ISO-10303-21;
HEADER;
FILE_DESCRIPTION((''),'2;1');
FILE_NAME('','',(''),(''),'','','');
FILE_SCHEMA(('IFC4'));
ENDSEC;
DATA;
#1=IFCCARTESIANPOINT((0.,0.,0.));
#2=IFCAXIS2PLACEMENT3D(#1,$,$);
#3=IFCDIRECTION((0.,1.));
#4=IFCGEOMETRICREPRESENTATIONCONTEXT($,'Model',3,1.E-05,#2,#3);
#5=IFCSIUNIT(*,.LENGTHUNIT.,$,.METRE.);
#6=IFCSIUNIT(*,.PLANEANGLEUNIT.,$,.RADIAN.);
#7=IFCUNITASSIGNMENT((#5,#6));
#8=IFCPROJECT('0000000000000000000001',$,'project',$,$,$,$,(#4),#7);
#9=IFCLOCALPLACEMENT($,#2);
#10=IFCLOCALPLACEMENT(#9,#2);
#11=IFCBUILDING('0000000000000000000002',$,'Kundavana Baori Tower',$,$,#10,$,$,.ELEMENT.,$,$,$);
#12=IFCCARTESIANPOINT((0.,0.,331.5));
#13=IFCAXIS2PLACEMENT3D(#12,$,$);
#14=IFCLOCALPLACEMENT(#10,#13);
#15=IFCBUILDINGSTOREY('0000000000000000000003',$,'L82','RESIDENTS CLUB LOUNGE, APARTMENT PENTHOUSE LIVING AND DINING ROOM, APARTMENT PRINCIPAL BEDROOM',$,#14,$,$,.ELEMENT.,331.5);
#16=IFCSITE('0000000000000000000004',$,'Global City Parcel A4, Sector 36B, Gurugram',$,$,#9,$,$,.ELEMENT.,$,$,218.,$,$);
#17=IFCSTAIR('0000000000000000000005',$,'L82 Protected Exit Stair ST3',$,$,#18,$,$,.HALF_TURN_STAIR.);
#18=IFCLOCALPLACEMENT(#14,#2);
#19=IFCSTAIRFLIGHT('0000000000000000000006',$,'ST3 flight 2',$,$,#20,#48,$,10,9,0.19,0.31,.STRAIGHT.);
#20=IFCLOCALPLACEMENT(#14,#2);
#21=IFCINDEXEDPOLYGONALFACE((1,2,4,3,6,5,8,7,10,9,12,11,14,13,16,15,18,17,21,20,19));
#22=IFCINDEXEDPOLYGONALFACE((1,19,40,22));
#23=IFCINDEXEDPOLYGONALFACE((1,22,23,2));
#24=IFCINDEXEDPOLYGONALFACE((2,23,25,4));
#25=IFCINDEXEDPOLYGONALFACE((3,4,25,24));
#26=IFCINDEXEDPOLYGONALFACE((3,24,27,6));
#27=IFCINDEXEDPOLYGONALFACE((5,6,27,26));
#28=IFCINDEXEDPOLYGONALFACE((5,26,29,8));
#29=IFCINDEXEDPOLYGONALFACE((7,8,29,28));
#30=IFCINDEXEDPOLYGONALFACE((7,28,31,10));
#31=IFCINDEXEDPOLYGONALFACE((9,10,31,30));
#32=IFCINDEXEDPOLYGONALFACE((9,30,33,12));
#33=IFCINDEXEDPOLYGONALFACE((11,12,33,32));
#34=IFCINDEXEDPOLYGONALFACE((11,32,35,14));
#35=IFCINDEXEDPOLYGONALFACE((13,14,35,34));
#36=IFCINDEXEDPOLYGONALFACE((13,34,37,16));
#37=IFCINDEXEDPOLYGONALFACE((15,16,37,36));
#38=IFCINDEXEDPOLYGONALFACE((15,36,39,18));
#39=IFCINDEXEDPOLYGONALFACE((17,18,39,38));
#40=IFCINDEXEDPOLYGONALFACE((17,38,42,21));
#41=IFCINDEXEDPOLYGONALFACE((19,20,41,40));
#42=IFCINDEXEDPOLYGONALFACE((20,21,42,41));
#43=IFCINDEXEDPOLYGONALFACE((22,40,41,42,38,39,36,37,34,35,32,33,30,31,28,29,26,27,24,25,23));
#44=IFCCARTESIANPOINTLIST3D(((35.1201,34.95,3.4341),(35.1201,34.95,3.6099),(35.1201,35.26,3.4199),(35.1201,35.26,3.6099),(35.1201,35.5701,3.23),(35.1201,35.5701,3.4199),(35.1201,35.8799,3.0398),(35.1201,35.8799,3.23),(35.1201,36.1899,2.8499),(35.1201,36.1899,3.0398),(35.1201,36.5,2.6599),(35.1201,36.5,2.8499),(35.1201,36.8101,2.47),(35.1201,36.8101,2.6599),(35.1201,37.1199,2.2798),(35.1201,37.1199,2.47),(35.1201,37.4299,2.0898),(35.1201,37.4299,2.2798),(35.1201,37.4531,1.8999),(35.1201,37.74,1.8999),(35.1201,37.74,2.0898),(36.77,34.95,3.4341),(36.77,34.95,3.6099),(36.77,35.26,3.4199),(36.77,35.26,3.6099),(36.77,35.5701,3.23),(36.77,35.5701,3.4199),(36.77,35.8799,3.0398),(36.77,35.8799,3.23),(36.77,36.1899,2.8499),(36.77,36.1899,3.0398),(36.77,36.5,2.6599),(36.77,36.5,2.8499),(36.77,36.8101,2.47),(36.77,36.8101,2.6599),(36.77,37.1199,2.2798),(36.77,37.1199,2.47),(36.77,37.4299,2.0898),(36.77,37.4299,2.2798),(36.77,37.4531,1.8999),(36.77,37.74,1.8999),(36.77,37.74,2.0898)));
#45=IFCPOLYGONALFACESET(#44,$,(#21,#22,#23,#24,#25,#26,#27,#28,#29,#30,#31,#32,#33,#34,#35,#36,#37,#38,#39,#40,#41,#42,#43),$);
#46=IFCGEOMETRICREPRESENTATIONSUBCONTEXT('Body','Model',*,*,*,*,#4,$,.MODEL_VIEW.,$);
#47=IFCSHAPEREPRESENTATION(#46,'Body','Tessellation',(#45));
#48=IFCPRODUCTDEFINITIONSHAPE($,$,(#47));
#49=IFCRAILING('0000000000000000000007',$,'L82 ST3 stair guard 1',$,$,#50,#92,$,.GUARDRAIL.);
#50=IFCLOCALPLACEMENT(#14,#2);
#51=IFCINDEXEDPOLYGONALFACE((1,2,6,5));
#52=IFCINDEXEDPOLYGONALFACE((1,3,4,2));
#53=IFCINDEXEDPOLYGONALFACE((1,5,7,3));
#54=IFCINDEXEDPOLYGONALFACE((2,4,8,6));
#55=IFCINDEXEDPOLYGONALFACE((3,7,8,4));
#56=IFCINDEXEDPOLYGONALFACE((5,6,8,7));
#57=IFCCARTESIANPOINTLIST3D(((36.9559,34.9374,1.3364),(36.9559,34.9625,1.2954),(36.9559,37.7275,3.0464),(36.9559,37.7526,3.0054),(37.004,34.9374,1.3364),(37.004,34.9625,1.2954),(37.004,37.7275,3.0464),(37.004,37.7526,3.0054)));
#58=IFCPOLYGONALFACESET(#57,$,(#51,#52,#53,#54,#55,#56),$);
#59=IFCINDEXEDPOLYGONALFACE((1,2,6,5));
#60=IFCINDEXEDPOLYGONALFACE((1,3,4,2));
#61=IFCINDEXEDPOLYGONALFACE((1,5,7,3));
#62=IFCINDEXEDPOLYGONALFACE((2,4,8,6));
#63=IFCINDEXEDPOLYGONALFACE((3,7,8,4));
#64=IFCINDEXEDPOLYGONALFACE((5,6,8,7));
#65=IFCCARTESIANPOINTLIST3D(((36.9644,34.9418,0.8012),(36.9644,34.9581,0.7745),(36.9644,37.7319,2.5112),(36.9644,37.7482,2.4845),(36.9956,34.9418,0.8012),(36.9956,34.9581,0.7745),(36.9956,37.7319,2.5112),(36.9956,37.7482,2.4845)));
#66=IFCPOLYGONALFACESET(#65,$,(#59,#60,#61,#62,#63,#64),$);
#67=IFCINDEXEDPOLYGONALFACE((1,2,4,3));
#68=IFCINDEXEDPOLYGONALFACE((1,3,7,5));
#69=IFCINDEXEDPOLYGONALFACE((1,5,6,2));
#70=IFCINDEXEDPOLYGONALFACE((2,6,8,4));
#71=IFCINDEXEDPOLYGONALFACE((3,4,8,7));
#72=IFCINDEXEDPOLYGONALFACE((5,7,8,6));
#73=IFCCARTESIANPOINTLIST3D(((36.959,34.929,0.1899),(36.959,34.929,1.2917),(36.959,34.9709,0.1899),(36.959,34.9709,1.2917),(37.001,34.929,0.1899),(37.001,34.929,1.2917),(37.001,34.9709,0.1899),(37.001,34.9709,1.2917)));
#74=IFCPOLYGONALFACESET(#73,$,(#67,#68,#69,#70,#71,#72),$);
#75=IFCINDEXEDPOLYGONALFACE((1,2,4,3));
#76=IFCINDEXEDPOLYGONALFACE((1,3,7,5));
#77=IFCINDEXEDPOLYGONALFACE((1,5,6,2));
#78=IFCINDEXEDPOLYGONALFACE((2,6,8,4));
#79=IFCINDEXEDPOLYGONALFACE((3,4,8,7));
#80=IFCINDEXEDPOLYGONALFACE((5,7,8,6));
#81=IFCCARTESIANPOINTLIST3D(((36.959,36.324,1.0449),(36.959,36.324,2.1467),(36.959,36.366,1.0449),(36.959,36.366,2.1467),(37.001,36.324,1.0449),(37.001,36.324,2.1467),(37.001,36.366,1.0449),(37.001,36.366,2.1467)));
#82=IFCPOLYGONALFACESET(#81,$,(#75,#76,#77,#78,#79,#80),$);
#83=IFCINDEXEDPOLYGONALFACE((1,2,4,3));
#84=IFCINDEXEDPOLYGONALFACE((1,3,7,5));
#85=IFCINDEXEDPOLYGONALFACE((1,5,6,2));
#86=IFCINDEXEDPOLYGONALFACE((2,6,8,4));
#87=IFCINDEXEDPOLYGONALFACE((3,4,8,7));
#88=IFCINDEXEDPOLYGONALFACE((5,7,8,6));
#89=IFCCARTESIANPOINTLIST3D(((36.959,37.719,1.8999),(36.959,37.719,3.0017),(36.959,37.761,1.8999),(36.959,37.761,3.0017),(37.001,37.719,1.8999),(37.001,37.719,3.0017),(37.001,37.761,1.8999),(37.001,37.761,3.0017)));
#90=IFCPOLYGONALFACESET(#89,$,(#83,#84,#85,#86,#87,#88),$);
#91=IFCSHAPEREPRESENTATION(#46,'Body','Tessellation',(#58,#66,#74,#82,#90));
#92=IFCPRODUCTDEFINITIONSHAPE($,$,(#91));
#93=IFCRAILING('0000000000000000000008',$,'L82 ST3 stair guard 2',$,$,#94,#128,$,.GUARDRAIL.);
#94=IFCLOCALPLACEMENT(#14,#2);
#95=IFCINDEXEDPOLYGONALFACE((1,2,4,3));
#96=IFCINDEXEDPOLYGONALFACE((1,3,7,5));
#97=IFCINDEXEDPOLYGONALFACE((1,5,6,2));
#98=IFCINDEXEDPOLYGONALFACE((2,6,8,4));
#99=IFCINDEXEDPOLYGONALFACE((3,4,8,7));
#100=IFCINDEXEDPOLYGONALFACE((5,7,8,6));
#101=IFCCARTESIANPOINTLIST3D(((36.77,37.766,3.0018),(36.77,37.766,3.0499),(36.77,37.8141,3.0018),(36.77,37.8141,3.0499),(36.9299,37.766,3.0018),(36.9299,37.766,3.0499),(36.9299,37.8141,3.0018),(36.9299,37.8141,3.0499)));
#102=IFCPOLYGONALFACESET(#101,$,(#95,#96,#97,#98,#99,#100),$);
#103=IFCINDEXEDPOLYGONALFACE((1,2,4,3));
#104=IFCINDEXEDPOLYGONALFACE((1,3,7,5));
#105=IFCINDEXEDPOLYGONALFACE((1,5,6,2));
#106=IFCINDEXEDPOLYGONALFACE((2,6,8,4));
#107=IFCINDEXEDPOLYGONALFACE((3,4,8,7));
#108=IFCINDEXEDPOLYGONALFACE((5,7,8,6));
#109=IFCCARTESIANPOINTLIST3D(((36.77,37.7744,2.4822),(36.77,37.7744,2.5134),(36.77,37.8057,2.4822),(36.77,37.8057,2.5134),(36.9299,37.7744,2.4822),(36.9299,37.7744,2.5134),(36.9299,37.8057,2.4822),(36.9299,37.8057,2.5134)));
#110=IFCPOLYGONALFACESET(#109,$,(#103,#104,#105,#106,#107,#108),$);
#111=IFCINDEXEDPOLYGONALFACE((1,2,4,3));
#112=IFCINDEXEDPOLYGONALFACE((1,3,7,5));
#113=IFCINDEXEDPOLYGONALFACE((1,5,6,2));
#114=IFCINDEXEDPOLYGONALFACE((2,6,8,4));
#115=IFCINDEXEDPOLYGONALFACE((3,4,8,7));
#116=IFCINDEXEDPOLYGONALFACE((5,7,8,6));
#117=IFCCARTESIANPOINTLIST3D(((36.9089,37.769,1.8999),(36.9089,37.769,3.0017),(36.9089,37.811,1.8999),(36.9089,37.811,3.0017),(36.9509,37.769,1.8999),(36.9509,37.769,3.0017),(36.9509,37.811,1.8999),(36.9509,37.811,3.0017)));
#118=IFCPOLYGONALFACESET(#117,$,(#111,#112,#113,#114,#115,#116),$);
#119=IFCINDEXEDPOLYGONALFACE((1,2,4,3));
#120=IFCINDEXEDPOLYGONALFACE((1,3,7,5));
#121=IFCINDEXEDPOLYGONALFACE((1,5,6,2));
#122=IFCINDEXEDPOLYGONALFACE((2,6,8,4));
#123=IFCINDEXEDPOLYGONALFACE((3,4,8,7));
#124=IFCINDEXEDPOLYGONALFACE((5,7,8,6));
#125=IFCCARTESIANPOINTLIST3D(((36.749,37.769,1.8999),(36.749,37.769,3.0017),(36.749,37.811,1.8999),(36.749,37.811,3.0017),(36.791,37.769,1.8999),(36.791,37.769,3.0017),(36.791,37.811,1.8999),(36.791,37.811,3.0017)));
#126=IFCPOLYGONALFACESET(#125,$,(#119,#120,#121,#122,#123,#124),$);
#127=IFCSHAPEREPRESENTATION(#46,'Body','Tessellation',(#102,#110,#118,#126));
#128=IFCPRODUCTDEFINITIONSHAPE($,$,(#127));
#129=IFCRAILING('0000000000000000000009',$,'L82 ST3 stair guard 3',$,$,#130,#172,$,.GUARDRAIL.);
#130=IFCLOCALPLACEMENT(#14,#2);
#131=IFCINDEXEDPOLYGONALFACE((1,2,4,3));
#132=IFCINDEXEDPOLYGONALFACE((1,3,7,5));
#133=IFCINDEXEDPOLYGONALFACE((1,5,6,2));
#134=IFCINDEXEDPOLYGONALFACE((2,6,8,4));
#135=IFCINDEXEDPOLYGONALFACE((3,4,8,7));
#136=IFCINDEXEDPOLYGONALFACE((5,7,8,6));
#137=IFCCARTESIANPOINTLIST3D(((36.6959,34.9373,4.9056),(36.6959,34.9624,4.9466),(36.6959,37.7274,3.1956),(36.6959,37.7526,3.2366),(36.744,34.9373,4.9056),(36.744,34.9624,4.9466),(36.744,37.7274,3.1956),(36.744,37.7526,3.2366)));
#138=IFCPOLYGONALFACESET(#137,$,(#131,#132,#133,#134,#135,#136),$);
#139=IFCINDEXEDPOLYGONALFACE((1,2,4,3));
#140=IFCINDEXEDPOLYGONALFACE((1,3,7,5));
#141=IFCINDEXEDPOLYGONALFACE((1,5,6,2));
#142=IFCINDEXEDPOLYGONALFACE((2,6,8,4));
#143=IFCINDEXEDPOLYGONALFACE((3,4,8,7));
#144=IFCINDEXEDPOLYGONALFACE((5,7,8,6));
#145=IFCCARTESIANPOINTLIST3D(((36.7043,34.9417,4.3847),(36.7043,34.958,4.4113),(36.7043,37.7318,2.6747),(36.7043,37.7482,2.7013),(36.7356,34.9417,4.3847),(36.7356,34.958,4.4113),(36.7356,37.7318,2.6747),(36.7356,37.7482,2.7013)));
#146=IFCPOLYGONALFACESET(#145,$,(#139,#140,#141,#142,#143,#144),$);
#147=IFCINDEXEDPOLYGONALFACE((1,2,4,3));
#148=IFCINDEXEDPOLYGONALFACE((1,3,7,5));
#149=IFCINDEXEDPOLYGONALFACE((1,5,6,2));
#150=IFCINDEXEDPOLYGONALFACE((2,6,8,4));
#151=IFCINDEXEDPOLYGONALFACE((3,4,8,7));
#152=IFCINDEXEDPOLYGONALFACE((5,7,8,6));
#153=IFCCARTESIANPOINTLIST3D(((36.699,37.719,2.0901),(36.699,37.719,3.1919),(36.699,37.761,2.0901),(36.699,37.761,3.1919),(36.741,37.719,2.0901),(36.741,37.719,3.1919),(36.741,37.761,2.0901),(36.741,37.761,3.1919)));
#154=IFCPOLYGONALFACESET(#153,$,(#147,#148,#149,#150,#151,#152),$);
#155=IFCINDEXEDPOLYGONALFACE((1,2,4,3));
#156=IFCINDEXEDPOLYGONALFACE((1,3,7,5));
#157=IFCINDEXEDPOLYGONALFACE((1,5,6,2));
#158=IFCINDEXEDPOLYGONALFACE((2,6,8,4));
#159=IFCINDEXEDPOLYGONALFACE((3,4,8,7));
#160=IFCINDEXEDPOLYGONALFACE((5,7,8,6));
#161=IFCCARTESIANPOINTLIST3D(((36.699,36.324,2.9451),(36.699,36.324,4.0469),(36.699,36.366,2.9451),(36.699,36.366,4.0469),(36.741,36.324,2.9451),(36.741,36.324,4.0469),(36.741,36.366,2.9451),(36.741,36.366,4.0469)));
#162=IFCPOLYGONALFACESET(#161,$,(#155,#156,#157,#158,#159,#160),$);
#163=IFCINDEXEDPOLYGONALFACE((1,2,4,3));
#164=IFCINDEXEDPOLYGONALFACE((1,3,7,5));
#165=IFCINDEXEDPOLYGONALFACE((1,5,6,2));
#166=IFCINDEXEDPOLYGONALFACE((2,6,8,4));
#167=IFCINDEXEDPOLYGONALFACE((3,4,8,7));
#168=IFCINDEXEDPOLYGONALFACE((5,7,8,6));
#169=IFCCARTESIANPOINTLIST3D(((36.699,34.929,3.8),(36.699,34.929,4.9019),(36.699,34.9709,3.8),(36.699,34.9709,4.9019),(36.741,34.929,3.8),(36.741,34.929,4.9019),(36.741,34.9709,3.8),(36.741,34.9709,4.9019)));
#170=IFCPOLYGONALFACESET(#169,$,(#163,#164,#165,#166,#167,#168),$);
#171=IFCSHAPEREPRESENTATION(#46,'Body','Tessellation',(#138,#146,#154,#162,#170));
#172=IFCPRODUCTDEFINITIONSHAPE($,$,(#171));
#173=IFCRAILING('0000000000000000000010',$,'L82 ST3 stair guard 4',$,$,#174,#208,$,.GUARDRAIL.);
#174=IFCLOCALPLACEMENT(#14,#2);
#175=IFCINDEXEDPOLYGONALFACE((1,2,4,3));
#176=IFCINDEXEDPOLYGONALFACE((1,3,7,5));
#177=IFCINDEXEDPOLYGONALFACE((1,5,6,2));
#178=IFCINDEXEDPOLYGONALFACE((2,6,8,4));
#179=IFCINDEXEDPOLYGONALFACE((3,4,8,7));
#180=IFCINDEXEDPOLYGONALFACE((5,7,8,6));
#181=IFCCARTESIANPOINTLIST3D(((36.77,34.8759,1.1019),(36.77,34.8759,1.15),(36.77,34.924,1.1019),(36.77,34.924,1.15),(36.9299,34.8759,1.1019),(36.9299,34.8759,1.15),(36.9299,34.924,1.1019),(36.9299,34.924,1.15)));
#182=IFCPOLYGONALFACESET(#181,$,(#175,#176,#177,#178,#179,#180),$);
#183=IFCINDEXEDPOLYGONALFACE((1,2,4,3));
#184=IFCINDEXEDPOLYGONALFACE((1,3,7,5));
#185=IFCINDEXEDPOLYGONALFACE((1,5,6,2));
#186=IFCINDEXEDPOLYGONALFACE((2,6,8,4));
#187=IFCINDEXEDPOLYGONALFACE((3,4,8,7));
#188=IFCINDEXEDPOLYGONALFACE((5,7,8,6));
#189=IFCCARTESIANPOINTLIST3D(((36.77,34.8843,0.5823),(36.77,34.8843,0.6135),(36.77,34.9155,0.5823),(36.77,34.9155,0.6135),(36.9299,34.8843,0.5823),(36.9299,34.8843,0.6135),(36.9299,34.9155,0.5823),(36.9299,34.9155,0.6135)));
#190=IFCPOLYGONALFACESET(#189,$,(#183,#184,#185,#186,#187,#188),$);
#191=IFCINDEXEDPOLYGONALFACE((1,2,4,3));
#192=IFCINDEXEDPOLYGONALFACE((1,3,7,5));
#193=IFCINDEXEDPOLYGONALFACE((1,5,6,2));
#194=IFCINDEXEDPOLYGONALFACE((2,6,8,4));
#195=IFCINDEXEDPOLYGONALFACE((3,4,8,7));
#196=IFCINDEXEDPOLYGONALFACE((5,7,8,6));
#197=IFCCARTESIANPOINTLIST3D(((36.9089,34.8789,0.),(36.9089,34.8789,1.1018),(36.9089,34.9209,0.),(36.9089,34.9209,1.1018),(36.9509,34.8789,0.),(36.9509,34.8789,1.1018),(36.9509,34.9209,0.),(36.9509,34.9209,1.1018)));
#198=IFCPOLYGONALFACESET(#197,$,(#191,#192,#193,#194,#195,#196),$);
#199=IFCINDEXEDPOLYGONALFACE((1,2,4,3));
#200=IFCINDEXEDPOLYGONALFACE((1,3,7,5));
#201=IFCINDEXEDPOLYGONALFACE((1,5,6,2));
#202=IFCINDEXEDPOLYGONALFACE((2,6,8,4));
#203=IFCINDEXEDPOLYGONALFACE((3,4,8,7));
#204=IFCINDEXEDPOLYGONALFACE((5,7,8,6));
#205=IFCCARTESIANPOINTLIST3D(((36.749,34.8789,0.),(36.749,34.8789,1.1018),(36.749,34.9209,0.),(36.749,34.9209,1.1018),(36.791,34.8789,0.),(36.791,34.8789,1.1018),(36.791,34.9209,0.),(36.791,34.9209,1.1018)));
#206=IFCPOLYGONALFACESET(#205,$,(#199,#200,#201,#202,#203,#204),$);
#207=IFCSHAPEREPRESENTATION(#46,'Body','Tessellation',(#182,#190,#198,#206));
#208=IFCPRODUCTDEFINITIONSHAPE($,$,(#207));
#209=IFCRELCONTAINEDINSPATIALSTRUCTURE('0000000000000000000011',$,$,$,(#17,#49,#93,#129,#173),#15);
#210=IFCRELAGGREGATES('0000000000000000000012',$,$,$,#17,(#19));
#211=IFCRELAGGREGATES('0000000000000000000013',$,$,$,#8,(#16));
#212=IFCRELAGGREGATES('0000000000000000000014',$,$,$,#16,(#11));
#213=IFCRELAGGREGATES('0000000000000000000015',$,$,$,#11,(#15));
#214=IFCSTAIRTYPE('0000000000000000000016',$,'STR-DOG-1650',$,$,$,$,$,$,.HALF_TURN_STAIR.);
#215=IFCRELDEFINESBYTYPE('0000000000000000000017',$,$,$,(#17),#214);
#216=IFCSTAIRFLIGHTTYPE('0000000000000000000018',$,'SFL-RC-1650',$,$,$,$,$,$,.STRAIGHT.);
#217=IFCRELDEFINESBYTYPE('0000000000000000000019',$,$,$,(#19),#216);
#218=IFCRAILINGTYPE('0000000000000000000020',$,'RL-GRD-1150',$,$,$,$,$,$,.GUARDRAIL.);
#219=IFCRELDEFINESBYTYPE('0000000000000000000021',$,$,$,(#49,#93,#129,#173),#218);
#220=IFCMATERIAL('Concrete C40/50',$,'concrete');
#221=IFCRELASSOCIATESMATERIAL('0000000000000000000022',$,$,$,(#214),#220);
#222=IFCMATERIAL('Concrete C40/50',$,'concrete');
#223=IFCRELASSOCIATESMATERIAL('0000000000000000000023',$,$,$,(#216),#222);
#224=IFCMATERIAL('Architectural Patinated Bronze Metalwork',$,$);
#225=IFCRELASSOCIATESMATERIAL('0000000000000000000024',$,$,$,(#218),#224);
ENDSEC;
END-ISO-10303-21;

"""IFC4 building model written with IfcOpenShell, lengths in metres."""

from ifc_helpers import new_model, si_unit, direction, frame, origin, origin_2d, place, context, subcontext, project, spatial, polyline, rectangle, outline, extrude, material, type_object, element, aggregate, save


model = new_model("IFC4")

# Units and contexts
model_context = context("Model", 3, precision=1e-05, world=origin(), true_north=direction((0.0, 1.0)))
body_context = subcontext(model_context, "Body", "Model", "MODEL_VIEW")
ifc_project = project(units=[si_unit("LENGTHUNIT", "METRE"), si_unit("PLANEANGLEUNIT", "RADIAN")], contexts=[model_context])

# Site, building, storey
site_placement = place(None, origin())
site = spatial("IfcSite", under=ifc_project, at=site_placement, Name="Global City Parcel A4, Sector 36B, Gurugram", CompositionType="ELEMENT", RefElevation=218.0)
building_placement = place(site_placement, origin())
building = spatial("IfcBuilding", under=site, at=building_placement, Name="Kundavana Baori Tower", CompositionType="ELEMENT")
storey_placement = place(building_placement, frame((0.0, 0.0, 331.5)))
storey = spatial("IfcBuildingStorey", under=building, at=storey_placement, Name="L82", Description="RESIDENTS CLUB LOUNGE, APARTMENT PENTHOUSE LIVING AND DINING ROOM, APARTMENT PRINCIPAL BEDROOM", CompositionType="ELEMENT", Elevation=331.5)

# Stair, stair flight
ifc_material_1 = material(Name="Concrete C40/50", Category="concrete")
stair_type = type_object("IfcStairType", Name="STR-DOG-1650", PredefinedType="HALF_TURN_STAIR", material=ifc_material_1)
stair_placement = place(storey_placement, origin())
stair = element("IfcStair", 1, at=stair_placement, inside=storey, type_object=stair_type, Name="L82 Protected Exit Stair ST3", PredefinedType="HALF_TURN_STAIR")
ifc_material_2 = material(Name="Concrete C40/50", Category="concrete")
stair_flight_type = type_object("IfcStairFlightType", Name="SFL-RC-1650", PredefinedType="STRAIGHT", material=ifc_material_2)
stair_flight_1_placement = place(storey_placement, frame((35.9451, 37.74, 1.8999), z_axis=(0.0, 0.0, 1.0), x_axis=(0.0, -1.0, 0.0)))
stair_flight_1 = element("IfcStairFlight", 2, at=stair_flight_1_placement, type_object=stair_flight_type, Name="ST3 flight 2", NumberOfRisers=10, NumberOfTreads=9, PredefinedType="STRAIGHT", RiserHeight=0.19, TreadLength=0.31, context=body_context, shape_type="SweptSolid", body=[
    extrude(outline(polyline([(0.0, 0.0), (0.0, 0.1899), (0.3101, 0.1899), (0.3101, 0.3799), (0.6201, 0.3799), (0.6201, 0.5701), (0.9299, 0.5701), (0.9299, 0.76), (1.24, 0.76), (1.24, 0.95), (1.55, 0.95), (1.55, 1.1399), (1.8601, 1.1399), (1.8601, 1.3301), (2.1699, 1.3301), (2.1699, 1.52), (2.48, 1.52), (2.48, 1.71), (2.79, 1.71), (2.79, 1.8999), (2.79, 1.5342), (0.2869, 0.0), (0.0, 0.0)])), frame((0.0, 0.825, 0.0), z_axis=(0.0, -1.0, 0.0), x_axis=(1.0, 0.0, 0.0)), (0.0, 0.0, 1.0), 1.6499),
])
aggregate(stair, [stair_flight_1])

# Railings
ifc_material_3 = material(Name="Architectural Patinated Bronze Metalwork")
railing_type_1 = type_object("IfcRailingType", Name="RL-GRD-1150", PredefinedType="GUARDRAIL", material=ifc_material_3)
railing_1_placement = place(storey_placement, frame((36.98, 34.95, 0.1899)))
element("IfcRailing", 3, at=railing_1_placement, inside=storey, type_object=railing_type_1, Name="L82 ST3 stair guard 1", PredefinedType="GUARDRAIL", context=body_context, shape_type="SweptSolid", body=[
    extrude(rectangle(XDim=0.0481, YDim=0.0481, at=origin_2d()), frame((0.0, 0.0, 1.126), z_axis=(0.0, 0.85261, 0.522548), x_axis=(-1.0, 0.0, 0.0)), (0.0, 0.0, 1.0), 3.2725),
    extrude(rectangle(XDim=0.0312, YDim=0.0312, at=origin_2d()), frame((0.0, 0.0, 0.5979), z_axis=(0.0, 0.85261, 0.522548), x_axis=(-1.0, 0.0, 0.0)), (0.0, 0.0, 1.0), 3.2725),
    extrude(rectangle(XDim=0.042, YDim=0.042, at=origin_2d()), origin(), (0.0, 0.0, 1.0), 1.1018),
    extrude(rectangle(XDim=0.042, YDim=0.042, at=origin_2d()), frame((0.0, 1.395, 0.855)), (0.0, 0.0, 1.0), 1.1018),
    extrude(rectangle(XDim=0.042, YDim=0.042, at=origin_2d()), frame((0.0, 2.79, 1.71)), (0.0, 0.0, 1.0), 1.1018),
])
railing_2_placement = place(storey_placement, frame((36.9299, 37.79, 1.8999)))
element("IfcRailing", 4, at=railing_2_placement, inside=storey, type_object=railing_type_1, Name="L82 ST3 stair guard 2", PredefinedType="GUARDRAIL", context=body_context, shape_type="SweptSolid", body=[
    extrude(rectangle(XDim=0.0481, YDim=0.0481, at=origin_2d()), frame((0.0, 0.0, 1.126), z_axis=(-1.0, 0.0, 0.0), x_axis=(0.0, -1.0, 0.0)), (0.0, 0.0, 1.0), 0.1599),
    extrude(rectangle(XDim=0.0312, YDim=0.0312, at=origin_2d()), frame((0.0, 0.0, 0.5979), z_axis=(-1.0, 0.0, 0.0), x_axis=(0.0, -1.0, 0.0)), (0.0, 0.0, 1.0), 0.1599),
    extrude(rectangle(XDim=0.042, YDim=0.042, at=origin_2d()), origin(), (0.0, 0.0, 1.0), 1.1018),
    extrude(rectangle(XDim=0.042, YDim=0.042, at=origin_2d()), frame((-0.1599, 0.0, 0.0)), (0.0, 0.0, 1.0), 1.1018),
])
railing_3_placement = place(storey_placement, frame((36.72, 37.74, 2.0901)))
element("IfcRailing", 5, at=railing_3_placement, inside=storey, type_object=railing_type_1, Name="L82 ST3 stair guard 3", PredefinedType="GUARDRAIL", context=body_context, shape_type="SweptSolid", body=[
    extrude(rectangle(XDim=0.0481, YDim=0.0481, at=origin_2d()), frame((0.0, 0.0, 1.126), z_axis=(0.0, -0.85261, 0.522548), x_axis=(1.0, 0.0, 0.0)), (0.0, 0.0, 1.0), 3.2725),
    extrude(rectangle(XDim=0.0312, YDim=0.0312, at=origin_2d()), frame((0.0, 0.0, 0.5979), z_axis=(0.0, -0.85261, 0.522548), x_axis=(1.0, 0.0, 0.0)), (0.0, 0.0, 1.0), 3.2725),
    extrude(rectangle(XDim=0.042, YDim=0.042, at=origin_2d()), origin(), (0.0, 0.0, 1.0), 1.1018),
    extrude(rectangle(XDim=0.042, YDim=0.042, at=origin_2d()), frame((0.0, -1.395, 0.855)), (0.0, 0.0, 1.0), 1.1018),
    extrude(rectangle(XDim=0.042, YDim=0.042, at=origin_2d()), frame((0.0, -2.79, 1.71)), (0.0, 0.0, 1.0), 1.1018),
])
railing_4_placement = place(storey_placement, frame((36.9299, 34.8999, 0.0)))
element("IfcRailing", 6, at=railing_4_placement, inside=storey, type_object=railing_type_1, Name="L82 ST3 stair guard 4", PredefinedType="GUARDRAIL", context=body_context, shape_type="SweptSolid", body=[
    extrude(rectangle(XDim=0.0481, YDim=0.0481, at=origin_2d()), frame((0.0, 0.0, 1.126), z_axis=(-1.0, 0.0, 0.0), x_axis=(0.0, -1.0, 0.0)), (0.0, 0.0, 1.0), 0.1599),
    extrude(rectangle(XDim=0.0312, YDim=0.0312, at=origin_2d()), frame((0.0, 0.0, 0.5979), z_axis=(-1.0, 0.0, 0.0), x_axis=(0.0, -1.0, 0.0)), (0.0, 0.0, 1.0), 0.1599),
    extrude(rectangle(XDim=0.042, YDim=0.042, at=origin_2d()), origin(), (0.0, 0.0, 1.0), 1.1018),
    extrude(rectangle(XDim=0.042, YDim=0.042, at=origin_2d()), frame((-0.1599, 0.0, 0.0)), (0.0, 0.0, 1.0), 1.1018),
])

save(model, "model.ifc")
